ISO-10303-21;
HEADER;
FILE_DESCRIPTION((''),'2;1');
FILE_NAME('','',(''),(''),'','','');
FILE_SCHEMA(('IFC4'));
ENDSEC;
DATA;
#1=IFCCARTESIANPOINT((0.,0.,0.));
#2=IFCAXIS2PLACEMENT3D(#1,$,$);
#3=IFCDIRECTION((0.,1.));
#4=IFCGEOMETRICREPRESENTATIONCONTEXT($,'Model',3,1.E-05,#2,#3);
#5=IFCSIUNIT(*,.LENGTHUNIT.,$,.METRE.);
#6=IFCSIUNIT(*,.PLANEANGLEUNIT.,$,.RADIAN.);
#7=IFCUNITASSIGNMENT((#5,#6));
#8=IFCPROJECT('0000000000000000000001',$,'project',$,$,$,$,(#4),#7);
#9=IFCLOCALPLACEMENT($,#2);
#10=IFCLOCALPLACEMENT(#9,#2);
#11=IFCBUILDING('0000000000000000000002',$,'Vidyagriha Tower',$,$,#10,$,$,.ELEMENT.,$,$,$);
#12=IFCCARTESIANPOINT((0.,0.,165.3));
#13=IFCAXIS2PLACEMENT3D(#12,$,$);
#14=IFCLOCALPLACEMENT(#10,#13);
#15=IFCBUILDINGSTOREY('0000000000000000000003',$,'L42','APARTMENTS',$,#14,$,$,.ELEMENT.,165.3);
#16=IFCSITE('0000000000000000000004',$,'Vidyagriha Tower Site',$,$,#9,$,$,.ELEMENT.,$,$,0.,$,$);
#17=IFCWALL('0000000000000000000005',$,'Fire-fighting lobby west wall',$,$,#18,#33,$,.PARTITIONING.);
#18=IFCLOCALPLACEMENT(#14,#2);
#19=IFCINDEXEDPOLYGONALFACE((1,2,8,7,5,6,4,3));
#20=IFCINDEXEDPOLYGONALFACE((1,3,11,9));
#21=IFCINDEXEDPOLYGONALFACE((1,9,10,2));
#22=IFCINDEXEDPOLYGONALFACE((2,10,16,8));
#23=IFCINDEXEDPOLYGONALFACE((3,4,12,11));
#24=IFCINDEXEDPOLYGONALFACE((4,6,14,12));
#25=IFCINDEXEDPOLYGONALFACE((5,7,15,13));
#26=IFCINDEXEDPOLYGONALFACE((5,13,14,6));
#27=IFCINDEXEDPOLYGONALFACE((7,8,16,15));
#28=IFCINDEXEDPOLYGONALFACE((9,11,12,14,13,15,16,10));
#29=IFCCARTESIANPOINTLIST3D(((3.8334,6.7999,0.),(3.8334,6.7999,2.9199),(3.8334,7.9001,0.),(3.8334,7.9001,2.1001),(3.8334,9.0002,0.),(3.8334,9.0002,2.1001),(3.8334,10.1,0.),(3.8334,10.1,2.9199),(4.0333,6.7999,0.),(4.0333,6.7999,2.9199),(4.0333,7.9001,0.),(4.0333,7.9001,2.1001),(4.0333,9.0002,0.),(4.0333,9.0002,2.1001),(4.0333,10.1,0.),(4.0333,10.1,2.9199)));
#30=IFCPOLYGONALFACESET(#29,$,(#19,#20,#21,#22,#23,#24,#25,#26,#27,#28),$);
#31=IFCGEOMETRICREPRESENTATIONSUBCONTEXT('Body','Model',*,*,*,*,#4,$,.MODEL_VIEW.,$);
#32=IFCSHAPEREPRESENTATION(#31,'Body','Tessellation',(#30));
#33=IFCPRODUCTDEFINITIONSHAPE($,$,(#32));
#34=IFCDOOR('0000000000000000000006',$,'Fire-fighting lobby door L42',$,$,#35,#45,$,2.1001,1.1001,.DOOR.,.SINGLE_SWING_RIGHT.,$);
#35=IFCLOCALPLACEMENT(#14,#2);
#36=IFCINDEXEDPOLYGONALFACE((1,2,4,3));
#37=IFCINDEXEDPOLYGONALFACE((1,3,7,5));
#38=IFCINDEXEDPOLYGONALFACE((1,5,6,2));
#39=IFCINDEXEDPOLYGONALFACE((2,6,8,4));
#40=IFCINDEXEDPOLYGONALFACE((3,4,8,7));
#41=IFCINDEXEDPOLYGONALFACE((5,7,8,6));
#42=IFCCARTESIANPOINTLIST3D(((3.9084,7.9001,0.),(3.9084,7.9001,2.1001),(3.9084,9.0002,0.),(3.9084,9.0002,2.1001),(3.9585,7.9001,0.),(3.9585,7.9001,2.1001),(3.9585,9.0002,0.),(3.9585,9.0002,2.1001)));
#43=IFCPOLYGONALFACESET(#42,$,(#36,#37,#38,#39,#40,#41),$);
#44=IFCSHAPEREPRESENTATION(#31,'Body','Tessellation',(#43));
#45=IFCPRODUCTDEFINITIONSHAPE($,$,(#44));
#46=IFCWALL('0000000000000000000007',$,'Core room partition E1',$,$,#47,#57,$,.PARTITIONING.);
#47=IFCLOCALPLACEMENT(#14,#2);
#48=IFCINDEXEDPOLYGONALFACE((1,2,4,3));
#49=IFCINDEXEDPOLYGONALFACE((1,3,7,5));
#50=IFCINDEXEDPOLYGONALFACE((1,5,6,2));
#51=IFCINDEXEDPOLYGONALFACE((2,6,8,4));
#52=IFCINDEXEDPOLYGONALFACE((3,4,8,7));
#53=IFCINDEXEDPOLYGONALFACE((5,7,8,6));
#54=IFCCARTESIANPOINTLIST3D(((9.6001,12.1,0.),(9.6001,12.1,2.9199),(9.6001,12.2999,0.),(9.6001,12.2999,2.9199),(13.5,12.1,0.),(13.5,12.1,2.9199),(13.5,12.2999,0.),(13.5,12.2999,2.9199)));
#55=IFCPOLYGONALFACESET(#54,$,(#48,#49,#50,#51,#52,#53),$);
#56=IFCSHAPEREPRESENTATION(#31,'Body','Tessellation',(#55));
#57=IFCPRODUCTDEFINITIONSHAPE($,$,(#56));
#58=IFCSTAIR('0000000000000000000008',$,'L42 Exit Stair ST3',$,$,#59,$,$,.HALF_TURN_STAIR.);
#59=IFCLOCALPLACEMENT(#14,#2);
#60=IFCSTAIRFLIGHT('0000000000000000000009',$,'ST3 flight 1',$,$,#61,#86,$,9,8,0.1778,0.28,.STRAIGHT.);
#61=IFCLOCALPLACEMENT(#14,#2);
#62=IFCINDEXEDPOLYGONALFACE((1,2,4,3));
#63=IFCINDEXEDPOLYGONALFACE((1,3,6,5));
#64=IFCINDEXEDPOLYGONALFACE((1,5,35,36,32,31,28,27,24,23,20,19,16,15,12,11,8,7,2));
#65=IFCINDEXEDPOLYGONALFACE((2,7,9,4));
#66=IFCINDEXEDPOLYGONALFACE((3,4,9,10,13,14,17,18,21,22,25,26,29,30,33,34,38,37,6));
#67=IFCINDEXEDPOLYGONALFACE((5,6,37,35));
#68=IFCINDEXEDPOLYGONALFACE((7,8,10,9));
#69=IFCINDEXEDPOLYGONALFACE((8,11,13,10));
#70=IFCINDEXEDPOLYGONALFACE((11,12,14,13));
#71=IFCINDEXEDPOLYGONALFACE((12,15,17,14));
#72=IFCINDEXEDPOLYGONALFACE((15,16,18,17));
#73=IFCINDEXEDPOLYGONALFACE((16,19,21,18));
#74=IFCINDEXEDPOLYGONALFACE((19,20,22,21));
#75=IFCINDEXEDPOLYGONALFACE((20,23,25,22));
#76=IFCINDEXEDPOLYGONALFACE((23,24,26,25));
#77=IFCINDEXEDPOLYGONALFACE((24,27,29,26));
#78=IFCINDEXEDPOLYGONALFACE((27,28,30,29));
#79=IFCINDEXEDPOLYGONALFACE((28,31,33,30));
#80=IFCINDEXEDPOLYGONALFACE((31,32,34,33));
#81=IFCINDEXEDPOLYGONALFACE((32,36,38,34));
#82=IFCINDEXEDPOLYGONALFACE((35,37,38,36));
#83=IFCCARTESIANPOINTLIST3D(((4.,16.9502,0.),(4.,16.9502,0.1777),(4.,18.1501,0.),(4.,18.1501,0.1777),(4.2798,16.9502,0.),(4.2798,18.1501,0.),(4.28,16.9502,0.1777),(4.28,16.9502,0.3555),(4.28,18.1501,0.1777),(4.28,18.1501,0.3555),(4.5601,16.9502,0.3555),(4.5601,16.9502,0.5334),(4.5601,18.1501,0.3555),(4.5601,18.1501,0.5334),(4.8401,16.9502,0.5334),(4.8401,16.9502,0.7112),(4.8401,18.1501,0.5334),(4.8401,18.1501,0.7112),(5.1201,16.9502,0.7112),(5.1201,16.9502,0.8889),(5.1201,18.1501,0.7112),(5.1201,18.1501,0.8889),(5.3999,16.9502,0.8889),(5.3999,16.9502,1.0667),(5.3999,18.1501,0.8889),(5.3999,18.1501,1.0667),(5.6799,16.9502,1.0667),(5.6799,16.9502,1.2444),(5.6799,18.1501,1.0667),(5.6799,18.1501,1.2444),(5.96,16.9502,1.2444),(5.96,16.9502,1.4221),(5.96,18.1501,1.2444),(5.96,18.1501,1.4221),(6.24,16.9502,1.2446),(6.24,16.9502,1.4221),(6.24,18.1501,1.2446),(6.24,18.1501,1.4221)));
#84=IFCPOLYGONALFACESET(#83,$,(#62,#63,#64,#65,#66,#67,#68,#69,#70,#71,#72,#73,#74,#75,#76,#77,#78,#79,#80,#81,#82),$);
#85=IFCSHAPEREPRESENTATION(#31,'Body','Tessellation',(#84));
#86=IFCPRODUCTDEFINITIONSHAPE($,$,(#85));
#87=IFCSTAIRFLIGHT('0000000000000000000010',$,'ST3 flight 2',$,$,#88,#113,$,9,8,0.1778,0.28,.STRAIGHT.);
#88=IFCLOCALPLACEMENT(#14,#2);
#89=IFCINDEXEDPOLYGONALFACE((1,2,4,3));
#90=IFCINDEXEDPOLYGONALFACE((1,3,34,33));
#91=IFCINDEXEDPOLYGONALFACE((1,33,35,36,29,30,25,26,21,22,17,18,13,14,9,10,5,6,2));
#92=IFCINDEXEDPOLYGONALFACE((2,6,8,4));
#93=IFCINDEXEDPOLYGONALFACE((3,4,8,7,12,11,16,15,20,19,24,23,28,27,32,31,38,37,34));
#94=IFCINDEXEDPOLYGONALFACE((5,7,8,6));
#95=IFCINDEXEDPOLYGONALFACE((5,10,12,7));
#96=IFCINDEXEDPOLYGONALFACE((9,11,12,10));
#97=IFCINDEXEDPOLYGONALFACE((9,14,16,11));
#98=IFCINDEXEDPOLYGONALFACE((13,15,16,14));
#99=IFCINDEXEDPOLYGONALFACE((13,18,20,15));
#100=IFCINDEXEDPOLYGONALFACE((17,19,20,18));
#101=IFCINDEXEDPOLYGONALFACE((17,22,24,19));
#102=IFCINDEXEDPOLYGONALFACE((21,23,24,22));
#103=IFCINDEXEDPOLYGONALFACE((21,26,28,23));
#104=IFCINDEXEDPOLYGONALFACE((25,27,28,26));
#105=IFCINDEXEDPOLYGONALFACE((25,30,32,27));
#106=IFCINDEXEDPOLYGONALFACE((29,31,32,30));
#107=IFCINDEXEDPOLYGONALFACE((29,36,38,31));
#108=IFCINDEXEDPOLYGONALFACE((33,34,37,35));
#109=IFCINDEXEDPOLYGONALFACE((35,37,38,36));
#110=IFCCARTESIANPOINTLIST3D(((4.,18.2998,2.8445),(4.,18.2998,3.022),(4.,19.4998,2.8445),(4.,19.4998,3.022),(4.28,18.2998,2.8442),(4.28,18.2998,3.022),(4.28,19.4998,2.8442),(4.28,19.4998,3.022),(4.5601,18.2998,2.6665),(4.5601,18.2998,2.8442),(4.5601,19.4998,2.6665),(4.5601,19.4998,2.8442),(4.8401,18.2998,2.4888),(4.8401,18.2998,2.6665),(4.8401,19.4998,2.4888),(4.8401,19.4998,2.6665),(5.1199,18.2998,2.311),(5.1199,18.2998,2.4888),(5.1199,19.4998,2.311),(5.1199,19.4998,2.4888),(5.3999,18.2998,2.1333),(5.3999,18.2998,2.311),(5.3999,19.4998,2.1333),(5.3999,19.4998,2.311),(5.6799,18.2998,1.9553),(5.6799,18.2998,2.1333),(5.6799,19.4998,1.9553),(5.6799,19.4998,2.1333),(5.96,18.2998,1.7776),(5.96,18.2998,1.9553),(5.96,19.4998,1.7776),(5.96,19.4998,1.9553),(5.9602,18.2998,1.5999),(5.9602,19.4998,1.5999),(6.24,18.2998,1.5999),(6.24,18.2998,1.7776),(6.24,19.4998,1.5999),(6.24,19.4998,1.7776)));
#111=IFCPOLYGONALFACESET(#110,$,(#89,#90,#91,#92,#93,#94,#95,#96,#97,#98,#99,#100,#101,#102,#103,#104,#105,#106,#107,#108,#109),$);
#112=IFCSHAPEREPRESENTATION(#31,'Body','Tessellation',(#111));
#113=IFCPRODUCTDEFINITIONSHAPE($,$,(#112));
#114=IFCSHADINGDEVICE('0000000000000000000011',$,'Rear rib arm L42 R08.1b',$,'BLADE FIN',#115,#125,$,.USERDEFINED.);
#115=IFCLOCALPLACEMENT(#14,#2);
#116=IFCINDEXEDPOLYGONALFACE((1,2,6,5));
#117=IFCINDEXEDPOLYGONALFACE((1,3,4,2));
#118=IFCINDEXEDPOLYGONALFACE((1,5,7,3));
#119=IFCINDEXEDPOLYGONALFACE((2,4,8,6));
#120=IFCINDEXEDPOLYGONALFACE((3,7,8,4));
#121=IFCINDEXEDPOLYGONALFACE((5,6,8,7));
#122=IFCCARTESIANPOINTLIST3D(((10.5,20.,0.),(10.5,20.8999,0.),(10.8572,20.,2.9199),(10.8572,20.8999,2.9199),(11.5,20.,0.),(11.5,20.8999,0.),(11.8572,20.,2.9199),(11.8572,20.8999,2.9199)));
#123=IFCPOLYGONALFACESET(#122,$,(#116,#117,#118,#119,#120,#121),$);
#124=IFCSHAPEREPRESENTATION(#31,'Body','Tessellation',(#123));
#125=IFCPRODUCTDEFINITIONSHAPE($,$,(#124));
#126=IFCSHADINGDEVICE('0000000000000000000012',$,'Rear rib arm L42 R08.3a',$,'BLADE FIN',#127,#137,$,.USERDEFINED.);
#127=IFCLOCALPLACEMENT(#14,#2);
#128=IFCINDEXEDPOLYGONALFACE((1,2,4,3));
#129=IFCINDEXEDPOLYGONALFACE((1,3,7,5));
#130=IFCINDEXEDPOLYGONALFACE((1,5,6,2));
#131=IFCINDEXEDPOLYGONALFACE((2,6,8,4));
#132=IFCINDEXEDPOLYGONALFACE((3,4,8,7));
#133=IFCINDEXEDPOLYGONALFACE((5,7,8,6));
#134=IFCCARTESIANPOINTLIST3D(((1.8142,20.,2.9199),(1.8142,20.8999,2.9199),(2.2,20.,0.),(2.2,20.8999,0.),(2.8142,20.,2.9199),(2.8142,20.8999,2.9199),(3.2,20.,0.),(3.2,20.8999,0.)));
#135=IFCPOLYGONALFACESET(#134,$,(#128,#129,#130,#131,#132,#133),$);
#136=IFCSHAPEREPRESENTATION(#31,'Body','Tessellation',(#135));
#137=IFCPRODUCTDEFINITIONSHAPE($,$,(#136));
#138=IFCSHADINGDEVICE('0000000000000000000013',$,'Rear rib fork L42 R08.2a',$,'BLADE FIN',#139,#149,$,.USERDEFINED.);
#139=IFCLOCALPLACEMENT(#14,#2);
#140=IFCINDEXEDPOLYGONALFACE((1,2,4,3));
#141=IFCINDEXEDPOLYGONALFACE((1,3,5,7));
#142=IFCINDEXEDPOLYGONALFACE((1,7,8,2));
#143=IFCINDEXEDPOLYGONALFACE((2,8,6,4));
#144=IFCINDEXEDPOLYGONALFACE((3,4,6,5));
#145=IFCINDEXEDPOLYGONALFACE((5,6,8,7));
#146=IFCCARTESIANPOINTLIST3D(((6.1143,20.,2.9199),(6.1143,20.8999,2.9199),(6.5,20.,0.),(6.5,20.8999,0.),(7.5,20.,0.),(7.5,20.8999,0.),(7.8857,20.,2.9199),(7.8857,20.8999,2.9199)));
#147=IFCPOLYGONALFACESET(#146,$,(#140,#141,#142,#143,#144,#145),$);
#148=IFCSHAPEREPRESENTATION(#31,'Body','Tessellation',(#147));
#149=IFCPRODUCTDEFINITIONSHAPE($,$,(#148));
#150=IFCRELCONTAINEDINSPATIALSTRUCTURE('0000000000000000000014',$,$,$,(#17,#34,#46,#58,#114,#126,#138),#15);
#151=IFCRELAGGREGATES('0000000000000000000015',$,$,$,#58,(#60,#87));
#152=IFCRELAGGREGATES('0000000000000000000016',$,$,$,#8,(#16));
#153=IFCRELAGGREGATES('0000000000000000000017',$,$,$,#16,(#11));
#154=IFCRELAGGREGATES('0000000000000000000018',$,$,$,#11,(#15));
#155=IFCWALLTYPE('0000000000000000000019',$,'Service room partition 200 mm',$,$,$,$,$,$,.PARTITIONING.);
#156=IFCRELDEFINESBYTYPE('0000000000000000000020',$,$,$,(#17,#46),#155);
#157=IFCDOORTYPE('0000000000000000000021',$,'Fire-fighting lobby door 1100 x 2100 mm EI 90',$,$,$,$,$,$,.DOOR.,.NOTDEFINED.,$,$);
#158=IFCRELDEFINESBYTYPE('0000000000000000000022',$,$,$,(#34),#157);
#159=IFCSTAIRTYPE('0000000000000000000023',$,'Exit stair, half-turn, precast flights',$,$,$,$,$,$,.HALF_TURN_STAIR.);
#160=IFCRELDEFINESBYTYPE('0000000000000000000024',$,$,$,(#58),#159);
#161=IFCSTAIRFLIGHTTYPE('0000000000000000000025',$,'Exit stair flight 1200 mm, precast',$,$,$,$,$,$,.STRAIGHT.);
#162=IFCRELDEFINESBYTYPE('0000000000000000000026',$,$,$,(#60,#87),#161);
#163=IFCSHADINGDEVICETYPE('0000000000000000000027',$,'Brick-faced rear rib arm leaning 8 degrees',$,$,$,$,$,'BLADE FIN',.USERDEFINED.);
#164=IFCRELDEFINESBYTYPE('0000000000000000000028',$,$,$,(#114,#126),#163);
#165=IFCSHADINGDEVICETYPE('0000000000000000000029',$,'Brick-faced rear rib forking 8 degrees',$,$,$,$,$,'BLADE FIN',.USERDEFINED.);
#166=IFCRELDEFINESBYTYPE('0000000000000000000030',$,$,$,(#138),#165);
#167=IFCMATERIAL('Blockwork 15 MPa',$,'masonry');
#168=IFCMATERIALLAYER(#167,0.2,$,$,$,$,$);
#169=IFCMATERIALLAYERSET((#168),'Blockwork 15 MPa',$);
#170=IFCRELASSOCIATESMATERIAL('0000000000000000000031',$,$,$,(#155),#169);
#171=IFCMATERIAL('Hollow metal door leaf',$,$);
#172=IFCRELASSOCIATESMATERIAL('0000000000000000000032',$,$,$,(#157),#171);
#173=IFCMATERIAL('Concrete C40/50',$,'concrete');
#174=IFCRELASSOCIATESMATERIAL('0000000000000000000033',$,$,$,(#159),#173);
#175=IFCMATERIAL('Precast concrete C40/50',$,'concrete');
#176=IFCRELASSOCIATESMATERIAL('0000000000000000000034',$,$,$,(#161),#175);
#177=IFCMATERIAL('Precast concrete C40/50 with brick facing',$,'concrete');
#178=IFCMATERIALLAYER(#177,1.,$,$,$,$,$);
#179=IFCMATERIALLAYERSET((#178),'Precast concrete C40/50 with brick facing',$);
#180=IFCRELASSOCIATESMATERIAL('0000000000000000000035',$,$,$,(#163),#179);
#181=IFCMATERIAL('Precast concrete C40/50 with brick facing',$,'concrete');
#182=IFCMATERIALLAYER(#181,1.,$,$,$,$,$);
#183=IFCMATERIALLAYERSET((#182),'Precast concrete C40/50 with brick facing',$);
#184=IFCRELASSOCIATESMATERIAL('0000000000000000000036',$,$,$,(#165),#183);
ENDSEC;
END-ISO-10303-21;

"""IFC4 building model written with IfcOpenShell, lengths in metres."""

from ifc_helpers import new_model, si_unit, direction, frame, frame_2d, origin, place, context, subcontext, project, spatial, polyline, rectangle, outline, extrude, material, layer, layer_set, type_object, element, fill, aggregate, save


model = new_model("IFC4")

# Units and contexts
model_context = context("Model", 3, precision=1e-05, world=origin(), true_north=direction((0.0, 1.0)))
body_context = subcontext(model_context, "Body", "Model", "MODEL_VIEW")
ifc_project = project(units=[si_unit("LENGTHUNIT", "METRE"), si_unit("PLANEANGLEUNIT", "RADIAN")], contexts=[model_context])

# Site, building, storey
site_placement = place(None, origin())
site = spatial("IfcSite", under=ifc_project, at=site_placement, Name="Vidyagriha Tower Site", CompositionType="ELEMENT", RefElevation=0.0)
building_placement = place(site_placement, origin())
building = spatial("IfcBuilding", under=site, at=building_placement, Name="Vidyagriha Tower", CompositionType="ELEMENT")
storey_placement = place(building_placement, frame((0.0, 0.0, 165.3)))
storey = spatial("IfcBuildingStorey", under=building, at=storey_placement, Name="L42", Description="APARTMENTS", CompositionType="ELEMENT", Elevation=165.3)

# Wall, opening, door
ifc_material_1 = material(Name="Blockwork 15 MPa", Category="masonry")
ifc_layer_1 = layer(ifc_material_1, 0.2)
ifc_layer_set_1 = layer_set([ifc_layer_1], Name="Blockwork 15 MPa")
wall_type_1 = type_object("IfcWallType", Name="Service room partition 200 mm", PredefinedType="PARTITIONING", material=ifc_layer_set_1)
wall_1_placement = place(storey_placement, frame((3.9333, 6.8, 0.0), z_axis=(0.0, 0.0, 1.0), x_axis=(0.0, 1.0, 0.0)))
wall_1 = element("IfcWall", 1, at=wall_1_placement, inside=storey, type_object=wall_type_1, Name="Fire-fighting lobby west wall", PredefinedType="PARTITIONING", context=body_context, shape_type="SweptSolid", body=[
    extrude(rectangle(XDim=3.3, YDim=0.2, at=frame_2d((1.6499, 0.0))), origin(), (0.0, 0.0, 1.0), 2.9199),
])
opening_1_placement = place(wall_1_placement, frame((1.1001, 0.0, 0.0)))
opening_1 = element("IfcOpeningElement", 2, at=opening_1_placement, cuts=wall_1, PredefinedType="OPENING", context=body_context, shape_type="SweptSolid", body=[
    extrude(rectangle(XDim=1.1001, YDim=2.1001, at=frame_2d((0.55, 1.05))), frame((0.0, 0.1099, 0.0), z_axis=(0.0, -1.0, 0.0), x_axis=(1.0, 0.0, 0.0)), (0.0, 0.0, 1.0), 0.22),
])
ifc_material_2 = material(Name="Hollow metal door leaf")
door_type_1 = type_object("IfcDoorType", Name="Fire-fighting lobby door 1100 x 2100 mm EI 90", OperationType="NOTDEFINED", PredefinedType="DOOR", material=ifc_material_2)
door_1_placement = place(opening_1_placement, origin())
door_1 = element("IfcDoor", 3, at=door_1_placement, inside=storey, type_object=door_type_1, Name="Fire-fighting lobby door L42", OperationType="SINGLE_SWING_RIGHT", OverallHeight=2.1001, OverallWidth=1.1001, PredefinedType="DOOR", context=body_context, shape_type="SweptSolid", body=[
    extrude(rectangle(XDim=1.1001, YDim=2.1001, at=frame_2d((0.55, 1.05))), frame((0.0, 0.0249, 0.0), z_axis=(0.0, -1.0, 0.0), x_axis=(1.0, 0.0, 0.0)), (0.0, 0.0, 1.0), 0.05),
])
fill(opening_1, door_1)

# Wall
wall_2_placement = place(storey_placement, frame((9.6001, 12.2, 0.0)))
element("IfcWall", 4, at=wall_2_placement, inside=storey, type_object=wall_type_1, Name="Core room partition E1", PredefinedType="PARTITIONING", context=body_context, shape_type="SweptSolid", body=[
    extrude(rectangle(XDim=3.8999, YDim=0.2, at=frame_2d((1.95, 0.0))), origin(), (0.0, 0.0, 1.0), 2.9199),
])

# Stair, stair flights
ifc_material_3 = material(Name="Concrete C40/50", Category="concrete")
stair_type = type_object("IfcStairType", Name="Exit stair, half-turn, precast flights", PredefinedType="HALF_TURN_STAIR", material=ifc_material_3)
stair_placement = place(storey_placement, origin())
stair = element("IfcStair", 5, at=stair_placement, inside=storey, type_object=stair_type, Name="L42 Exit Stair ST3", PredefinedType="HALF_TURN_STAIR")
ifc_material_4 = material(Name="Precast concrete C40/50", Category="concrete")
stair_flight_type = type_object("IfcStairFlightType", Name="Exit stair flight 1200 mm, precast", PredefinedType="STRAIGHT", material=ifc_material_4)
stair_flight_1_placement = place(storey_placement, frame((4.0, 17.55, 0.0)))
stair_flight_1 = element("IfcStairFlight", 6, at=stair_flight_1_placement, type_object=stair_flight_type, Name="ST3 flight 1", NumberOfRisers=9, NumberOfTreads=8, PredefinedType="STRAIGHT", RiserHeight=0.1778, TreadLength=0.28, context=body_context, shape_type="SweptSolid", body=[
    extrude(outline(polyline([(0.0, 0.0), (0.0, 0.1777), (0.28, 0.1777), (0.28, 0.3555), (0.5601, 0.3555), (0.5601, 0.5334), (0.8401, 0.5334), (0.8401, 0.7112), (1.1201, 0.7112), (1.1201, 0.8889), (1.3999, 0.8889), (1.3999, 1.0667), (1.6799, 1.0667), (1.6799, 1.2444), (1.96, 1.2444), (1.96, 1.4221), (2.24, 1.4221), (2.24, 1.6001), (2.24, 1.2446), (0.2798, 0.0), (0.0, 0.0)])), frame((0.0, 0.6001, 0.0), z_axis=(0.0, -1.0, 0.0), x_axis=(1.0, 0.0, 0.0)), (0.0, 0.0, 1.0), 1.2),
])
stair_flight_2_placement = place(storey_placement, frame((6.24, 18.8999, 1.5999), z_axis=(0.0, 0.0, 1.0), x_axis=(-1.0, 0.0, 0.0)))
stair_flight_2 = element("IfcStairFlight", 7, at=stair_flight_2_placement, type_object=stair_flight_type, Name="ST3 flight 2", NumberOfRisers=9, NumberOfTreads=8, PredefinedType="STRAIGHT", RiserHeight=0.1778, TreadLength=0.28, context=body_context, shape_type="SweptSolid", body=[
    extrude(outline(polyline([(0.0, 0.0), (0.0, 0.1777), (0.28, 0.1777), (0.28, 0.3555), (0.5601, 0.3555), (0.5601, 0.5334), (0.8401, 0.5334), (0.8401, 0.7112), (1.1201, 0.7112), (1.1201, 0.8889), (1.3999, 0.8889), (1.3999, 1.0667), (1.6799, 1.0667), (1.6799, 1.2444), (1.96, 1.2444), (1.96, 1.4221), (2.24, 1.4221), (2.24, 1.6001), (2.24, 1.2446), (0.2798, 0.0), (0.0, 0.0)])), frame((0.0, 0.6001, 0.0), z_axis=(0.0, -1.0, 0.0), x_axis=(1.0, 0.0, 0.0)), (0.0, 0.0, 1.0), 1.2),
])
aggregate(stair, [stair_flight_1, stair_flight_2])

# Shading devices
ifc_material_5 = material(Name="Precast concrete C40/50 with brick facing", Category="concrete")
ifc_layer_2 = layer(ifc_material_5, 1.0)
ifc_layer_set_2 = layer_set([ifc_layer_2], Name="Precast concrete C40/50 with brick facing")
shading_device_type_1 = type_object("IfcShadingDeviceType", Name="Brick-faced rear rib arm leaning 8 degrees", ElementType="BLADE FIN", PredefinedType="USERDEFINED", material=ifc_layer_set_2)
shading_device_1_placement = place(storey_placement, frame((11.8572, 20.45, 0.0), z_axis=(0.0, 0.0, 1.0), x_axis=(-1.0, 0.0, 0.0)))
element("IfcShadingDevice", 8, at=shading_device_1_placement, inside=storey, type_object=shading_device_type_1, Name="Rear rib arm L42 R08.1b", ObjectType="BLADE FIN", PredefinedType="USERDEFINED", context=body_context, shape_type="SweptSolid", body=[
    extrude(outline(polyline([(0.3572, 0.0), (1.3572, 0.0), (1.0, 2.9199), (0.0, 2.9199), (0.3572, 0.0)])), frame((0.0, 0.45, 0.0), z_axis=(0.0, -1.0, 0.0), x_axis=(1.0, 0.0, 0.0)), (0.0, 0.0, 1.0), 0.8999),
])
shading_device_2_placement = place(storey_placement, frame((3.2, 20.45, 0.0), z_axis=(0.0, 0.0, 1.0), x_axis=(-1.0, 0.0, 0.0)))
element("IfcShadingDevice", 9, at=shading_device_2_placement, inside=storey, type_object=shading_device_type_1, Name="Rear rib arm L42 R08.3a", ObjectType="BLADE FIN", PredefinedType="USERDEFINED", context=body_context, shape_type="SweptSolid", body=[
    extrude(outline(polyline([(0.0, 0.0), (1.0, 0.0), (1.3857, 2.9199), (0.3857, 2.9199), (0.0, 0.0)])), frame((0.0, 0.45, 0.0), z_axis=(0.0, -1.0, 0.0), x_axis=(1.0, 0.0, 0.0)), (0.0, 0.0, 1.0), 0.8999),
])
ifc_material_6 = material(Name="Precast concrete C40/50 with brick facing", Category="concrete")
ifc_layer_3 = layer(ifc_material_6, 1.0)
ifc_layer_set_3 = layer_set([ifc_layer_3], Name="Precast concrete C40/50 with brick facing")
shading_device_type_2 = type_object("IfcShadingDeviceType", Name="Brick-faced rear rib forking 8 degrees", ElementType="BLADE FIN", PredefinedType="USERDEFINED", material=ifc_layer_set_3)
shading_device_3_placement = place(storey_placement, frame((7.8857, 20.45, 0.0), z_axis=(0.0, 0.0, 1.0), x_axis=(-1.0, 0.0, 0.0)))
element("IfcShadingDevice", 10, at=shading_device_3_placement, inside=storey, type_object=shading_device_type_2, Name="Rear rib fork L42 R08.2a", ObjectType="BLADE FIN", PredefinedType="USERDEFINED", context=body_context, shape_type="SweptSolid", body=[
    extrude(outline(polyline([(0.3857, 0.0), (1.3857, 0.0), (1.7715, 2.9199), (0.0, 2.9199), (0.3857, 0.0)])), frame((0.0, 0.45, 0.0), z_axis=(0.0, -1.0, 0.0), x_axis=(1.0, 0.0, 0.0)), (0.0, 0.0, 1.0), 0.8999),
])

save(model, "model.ifc")
